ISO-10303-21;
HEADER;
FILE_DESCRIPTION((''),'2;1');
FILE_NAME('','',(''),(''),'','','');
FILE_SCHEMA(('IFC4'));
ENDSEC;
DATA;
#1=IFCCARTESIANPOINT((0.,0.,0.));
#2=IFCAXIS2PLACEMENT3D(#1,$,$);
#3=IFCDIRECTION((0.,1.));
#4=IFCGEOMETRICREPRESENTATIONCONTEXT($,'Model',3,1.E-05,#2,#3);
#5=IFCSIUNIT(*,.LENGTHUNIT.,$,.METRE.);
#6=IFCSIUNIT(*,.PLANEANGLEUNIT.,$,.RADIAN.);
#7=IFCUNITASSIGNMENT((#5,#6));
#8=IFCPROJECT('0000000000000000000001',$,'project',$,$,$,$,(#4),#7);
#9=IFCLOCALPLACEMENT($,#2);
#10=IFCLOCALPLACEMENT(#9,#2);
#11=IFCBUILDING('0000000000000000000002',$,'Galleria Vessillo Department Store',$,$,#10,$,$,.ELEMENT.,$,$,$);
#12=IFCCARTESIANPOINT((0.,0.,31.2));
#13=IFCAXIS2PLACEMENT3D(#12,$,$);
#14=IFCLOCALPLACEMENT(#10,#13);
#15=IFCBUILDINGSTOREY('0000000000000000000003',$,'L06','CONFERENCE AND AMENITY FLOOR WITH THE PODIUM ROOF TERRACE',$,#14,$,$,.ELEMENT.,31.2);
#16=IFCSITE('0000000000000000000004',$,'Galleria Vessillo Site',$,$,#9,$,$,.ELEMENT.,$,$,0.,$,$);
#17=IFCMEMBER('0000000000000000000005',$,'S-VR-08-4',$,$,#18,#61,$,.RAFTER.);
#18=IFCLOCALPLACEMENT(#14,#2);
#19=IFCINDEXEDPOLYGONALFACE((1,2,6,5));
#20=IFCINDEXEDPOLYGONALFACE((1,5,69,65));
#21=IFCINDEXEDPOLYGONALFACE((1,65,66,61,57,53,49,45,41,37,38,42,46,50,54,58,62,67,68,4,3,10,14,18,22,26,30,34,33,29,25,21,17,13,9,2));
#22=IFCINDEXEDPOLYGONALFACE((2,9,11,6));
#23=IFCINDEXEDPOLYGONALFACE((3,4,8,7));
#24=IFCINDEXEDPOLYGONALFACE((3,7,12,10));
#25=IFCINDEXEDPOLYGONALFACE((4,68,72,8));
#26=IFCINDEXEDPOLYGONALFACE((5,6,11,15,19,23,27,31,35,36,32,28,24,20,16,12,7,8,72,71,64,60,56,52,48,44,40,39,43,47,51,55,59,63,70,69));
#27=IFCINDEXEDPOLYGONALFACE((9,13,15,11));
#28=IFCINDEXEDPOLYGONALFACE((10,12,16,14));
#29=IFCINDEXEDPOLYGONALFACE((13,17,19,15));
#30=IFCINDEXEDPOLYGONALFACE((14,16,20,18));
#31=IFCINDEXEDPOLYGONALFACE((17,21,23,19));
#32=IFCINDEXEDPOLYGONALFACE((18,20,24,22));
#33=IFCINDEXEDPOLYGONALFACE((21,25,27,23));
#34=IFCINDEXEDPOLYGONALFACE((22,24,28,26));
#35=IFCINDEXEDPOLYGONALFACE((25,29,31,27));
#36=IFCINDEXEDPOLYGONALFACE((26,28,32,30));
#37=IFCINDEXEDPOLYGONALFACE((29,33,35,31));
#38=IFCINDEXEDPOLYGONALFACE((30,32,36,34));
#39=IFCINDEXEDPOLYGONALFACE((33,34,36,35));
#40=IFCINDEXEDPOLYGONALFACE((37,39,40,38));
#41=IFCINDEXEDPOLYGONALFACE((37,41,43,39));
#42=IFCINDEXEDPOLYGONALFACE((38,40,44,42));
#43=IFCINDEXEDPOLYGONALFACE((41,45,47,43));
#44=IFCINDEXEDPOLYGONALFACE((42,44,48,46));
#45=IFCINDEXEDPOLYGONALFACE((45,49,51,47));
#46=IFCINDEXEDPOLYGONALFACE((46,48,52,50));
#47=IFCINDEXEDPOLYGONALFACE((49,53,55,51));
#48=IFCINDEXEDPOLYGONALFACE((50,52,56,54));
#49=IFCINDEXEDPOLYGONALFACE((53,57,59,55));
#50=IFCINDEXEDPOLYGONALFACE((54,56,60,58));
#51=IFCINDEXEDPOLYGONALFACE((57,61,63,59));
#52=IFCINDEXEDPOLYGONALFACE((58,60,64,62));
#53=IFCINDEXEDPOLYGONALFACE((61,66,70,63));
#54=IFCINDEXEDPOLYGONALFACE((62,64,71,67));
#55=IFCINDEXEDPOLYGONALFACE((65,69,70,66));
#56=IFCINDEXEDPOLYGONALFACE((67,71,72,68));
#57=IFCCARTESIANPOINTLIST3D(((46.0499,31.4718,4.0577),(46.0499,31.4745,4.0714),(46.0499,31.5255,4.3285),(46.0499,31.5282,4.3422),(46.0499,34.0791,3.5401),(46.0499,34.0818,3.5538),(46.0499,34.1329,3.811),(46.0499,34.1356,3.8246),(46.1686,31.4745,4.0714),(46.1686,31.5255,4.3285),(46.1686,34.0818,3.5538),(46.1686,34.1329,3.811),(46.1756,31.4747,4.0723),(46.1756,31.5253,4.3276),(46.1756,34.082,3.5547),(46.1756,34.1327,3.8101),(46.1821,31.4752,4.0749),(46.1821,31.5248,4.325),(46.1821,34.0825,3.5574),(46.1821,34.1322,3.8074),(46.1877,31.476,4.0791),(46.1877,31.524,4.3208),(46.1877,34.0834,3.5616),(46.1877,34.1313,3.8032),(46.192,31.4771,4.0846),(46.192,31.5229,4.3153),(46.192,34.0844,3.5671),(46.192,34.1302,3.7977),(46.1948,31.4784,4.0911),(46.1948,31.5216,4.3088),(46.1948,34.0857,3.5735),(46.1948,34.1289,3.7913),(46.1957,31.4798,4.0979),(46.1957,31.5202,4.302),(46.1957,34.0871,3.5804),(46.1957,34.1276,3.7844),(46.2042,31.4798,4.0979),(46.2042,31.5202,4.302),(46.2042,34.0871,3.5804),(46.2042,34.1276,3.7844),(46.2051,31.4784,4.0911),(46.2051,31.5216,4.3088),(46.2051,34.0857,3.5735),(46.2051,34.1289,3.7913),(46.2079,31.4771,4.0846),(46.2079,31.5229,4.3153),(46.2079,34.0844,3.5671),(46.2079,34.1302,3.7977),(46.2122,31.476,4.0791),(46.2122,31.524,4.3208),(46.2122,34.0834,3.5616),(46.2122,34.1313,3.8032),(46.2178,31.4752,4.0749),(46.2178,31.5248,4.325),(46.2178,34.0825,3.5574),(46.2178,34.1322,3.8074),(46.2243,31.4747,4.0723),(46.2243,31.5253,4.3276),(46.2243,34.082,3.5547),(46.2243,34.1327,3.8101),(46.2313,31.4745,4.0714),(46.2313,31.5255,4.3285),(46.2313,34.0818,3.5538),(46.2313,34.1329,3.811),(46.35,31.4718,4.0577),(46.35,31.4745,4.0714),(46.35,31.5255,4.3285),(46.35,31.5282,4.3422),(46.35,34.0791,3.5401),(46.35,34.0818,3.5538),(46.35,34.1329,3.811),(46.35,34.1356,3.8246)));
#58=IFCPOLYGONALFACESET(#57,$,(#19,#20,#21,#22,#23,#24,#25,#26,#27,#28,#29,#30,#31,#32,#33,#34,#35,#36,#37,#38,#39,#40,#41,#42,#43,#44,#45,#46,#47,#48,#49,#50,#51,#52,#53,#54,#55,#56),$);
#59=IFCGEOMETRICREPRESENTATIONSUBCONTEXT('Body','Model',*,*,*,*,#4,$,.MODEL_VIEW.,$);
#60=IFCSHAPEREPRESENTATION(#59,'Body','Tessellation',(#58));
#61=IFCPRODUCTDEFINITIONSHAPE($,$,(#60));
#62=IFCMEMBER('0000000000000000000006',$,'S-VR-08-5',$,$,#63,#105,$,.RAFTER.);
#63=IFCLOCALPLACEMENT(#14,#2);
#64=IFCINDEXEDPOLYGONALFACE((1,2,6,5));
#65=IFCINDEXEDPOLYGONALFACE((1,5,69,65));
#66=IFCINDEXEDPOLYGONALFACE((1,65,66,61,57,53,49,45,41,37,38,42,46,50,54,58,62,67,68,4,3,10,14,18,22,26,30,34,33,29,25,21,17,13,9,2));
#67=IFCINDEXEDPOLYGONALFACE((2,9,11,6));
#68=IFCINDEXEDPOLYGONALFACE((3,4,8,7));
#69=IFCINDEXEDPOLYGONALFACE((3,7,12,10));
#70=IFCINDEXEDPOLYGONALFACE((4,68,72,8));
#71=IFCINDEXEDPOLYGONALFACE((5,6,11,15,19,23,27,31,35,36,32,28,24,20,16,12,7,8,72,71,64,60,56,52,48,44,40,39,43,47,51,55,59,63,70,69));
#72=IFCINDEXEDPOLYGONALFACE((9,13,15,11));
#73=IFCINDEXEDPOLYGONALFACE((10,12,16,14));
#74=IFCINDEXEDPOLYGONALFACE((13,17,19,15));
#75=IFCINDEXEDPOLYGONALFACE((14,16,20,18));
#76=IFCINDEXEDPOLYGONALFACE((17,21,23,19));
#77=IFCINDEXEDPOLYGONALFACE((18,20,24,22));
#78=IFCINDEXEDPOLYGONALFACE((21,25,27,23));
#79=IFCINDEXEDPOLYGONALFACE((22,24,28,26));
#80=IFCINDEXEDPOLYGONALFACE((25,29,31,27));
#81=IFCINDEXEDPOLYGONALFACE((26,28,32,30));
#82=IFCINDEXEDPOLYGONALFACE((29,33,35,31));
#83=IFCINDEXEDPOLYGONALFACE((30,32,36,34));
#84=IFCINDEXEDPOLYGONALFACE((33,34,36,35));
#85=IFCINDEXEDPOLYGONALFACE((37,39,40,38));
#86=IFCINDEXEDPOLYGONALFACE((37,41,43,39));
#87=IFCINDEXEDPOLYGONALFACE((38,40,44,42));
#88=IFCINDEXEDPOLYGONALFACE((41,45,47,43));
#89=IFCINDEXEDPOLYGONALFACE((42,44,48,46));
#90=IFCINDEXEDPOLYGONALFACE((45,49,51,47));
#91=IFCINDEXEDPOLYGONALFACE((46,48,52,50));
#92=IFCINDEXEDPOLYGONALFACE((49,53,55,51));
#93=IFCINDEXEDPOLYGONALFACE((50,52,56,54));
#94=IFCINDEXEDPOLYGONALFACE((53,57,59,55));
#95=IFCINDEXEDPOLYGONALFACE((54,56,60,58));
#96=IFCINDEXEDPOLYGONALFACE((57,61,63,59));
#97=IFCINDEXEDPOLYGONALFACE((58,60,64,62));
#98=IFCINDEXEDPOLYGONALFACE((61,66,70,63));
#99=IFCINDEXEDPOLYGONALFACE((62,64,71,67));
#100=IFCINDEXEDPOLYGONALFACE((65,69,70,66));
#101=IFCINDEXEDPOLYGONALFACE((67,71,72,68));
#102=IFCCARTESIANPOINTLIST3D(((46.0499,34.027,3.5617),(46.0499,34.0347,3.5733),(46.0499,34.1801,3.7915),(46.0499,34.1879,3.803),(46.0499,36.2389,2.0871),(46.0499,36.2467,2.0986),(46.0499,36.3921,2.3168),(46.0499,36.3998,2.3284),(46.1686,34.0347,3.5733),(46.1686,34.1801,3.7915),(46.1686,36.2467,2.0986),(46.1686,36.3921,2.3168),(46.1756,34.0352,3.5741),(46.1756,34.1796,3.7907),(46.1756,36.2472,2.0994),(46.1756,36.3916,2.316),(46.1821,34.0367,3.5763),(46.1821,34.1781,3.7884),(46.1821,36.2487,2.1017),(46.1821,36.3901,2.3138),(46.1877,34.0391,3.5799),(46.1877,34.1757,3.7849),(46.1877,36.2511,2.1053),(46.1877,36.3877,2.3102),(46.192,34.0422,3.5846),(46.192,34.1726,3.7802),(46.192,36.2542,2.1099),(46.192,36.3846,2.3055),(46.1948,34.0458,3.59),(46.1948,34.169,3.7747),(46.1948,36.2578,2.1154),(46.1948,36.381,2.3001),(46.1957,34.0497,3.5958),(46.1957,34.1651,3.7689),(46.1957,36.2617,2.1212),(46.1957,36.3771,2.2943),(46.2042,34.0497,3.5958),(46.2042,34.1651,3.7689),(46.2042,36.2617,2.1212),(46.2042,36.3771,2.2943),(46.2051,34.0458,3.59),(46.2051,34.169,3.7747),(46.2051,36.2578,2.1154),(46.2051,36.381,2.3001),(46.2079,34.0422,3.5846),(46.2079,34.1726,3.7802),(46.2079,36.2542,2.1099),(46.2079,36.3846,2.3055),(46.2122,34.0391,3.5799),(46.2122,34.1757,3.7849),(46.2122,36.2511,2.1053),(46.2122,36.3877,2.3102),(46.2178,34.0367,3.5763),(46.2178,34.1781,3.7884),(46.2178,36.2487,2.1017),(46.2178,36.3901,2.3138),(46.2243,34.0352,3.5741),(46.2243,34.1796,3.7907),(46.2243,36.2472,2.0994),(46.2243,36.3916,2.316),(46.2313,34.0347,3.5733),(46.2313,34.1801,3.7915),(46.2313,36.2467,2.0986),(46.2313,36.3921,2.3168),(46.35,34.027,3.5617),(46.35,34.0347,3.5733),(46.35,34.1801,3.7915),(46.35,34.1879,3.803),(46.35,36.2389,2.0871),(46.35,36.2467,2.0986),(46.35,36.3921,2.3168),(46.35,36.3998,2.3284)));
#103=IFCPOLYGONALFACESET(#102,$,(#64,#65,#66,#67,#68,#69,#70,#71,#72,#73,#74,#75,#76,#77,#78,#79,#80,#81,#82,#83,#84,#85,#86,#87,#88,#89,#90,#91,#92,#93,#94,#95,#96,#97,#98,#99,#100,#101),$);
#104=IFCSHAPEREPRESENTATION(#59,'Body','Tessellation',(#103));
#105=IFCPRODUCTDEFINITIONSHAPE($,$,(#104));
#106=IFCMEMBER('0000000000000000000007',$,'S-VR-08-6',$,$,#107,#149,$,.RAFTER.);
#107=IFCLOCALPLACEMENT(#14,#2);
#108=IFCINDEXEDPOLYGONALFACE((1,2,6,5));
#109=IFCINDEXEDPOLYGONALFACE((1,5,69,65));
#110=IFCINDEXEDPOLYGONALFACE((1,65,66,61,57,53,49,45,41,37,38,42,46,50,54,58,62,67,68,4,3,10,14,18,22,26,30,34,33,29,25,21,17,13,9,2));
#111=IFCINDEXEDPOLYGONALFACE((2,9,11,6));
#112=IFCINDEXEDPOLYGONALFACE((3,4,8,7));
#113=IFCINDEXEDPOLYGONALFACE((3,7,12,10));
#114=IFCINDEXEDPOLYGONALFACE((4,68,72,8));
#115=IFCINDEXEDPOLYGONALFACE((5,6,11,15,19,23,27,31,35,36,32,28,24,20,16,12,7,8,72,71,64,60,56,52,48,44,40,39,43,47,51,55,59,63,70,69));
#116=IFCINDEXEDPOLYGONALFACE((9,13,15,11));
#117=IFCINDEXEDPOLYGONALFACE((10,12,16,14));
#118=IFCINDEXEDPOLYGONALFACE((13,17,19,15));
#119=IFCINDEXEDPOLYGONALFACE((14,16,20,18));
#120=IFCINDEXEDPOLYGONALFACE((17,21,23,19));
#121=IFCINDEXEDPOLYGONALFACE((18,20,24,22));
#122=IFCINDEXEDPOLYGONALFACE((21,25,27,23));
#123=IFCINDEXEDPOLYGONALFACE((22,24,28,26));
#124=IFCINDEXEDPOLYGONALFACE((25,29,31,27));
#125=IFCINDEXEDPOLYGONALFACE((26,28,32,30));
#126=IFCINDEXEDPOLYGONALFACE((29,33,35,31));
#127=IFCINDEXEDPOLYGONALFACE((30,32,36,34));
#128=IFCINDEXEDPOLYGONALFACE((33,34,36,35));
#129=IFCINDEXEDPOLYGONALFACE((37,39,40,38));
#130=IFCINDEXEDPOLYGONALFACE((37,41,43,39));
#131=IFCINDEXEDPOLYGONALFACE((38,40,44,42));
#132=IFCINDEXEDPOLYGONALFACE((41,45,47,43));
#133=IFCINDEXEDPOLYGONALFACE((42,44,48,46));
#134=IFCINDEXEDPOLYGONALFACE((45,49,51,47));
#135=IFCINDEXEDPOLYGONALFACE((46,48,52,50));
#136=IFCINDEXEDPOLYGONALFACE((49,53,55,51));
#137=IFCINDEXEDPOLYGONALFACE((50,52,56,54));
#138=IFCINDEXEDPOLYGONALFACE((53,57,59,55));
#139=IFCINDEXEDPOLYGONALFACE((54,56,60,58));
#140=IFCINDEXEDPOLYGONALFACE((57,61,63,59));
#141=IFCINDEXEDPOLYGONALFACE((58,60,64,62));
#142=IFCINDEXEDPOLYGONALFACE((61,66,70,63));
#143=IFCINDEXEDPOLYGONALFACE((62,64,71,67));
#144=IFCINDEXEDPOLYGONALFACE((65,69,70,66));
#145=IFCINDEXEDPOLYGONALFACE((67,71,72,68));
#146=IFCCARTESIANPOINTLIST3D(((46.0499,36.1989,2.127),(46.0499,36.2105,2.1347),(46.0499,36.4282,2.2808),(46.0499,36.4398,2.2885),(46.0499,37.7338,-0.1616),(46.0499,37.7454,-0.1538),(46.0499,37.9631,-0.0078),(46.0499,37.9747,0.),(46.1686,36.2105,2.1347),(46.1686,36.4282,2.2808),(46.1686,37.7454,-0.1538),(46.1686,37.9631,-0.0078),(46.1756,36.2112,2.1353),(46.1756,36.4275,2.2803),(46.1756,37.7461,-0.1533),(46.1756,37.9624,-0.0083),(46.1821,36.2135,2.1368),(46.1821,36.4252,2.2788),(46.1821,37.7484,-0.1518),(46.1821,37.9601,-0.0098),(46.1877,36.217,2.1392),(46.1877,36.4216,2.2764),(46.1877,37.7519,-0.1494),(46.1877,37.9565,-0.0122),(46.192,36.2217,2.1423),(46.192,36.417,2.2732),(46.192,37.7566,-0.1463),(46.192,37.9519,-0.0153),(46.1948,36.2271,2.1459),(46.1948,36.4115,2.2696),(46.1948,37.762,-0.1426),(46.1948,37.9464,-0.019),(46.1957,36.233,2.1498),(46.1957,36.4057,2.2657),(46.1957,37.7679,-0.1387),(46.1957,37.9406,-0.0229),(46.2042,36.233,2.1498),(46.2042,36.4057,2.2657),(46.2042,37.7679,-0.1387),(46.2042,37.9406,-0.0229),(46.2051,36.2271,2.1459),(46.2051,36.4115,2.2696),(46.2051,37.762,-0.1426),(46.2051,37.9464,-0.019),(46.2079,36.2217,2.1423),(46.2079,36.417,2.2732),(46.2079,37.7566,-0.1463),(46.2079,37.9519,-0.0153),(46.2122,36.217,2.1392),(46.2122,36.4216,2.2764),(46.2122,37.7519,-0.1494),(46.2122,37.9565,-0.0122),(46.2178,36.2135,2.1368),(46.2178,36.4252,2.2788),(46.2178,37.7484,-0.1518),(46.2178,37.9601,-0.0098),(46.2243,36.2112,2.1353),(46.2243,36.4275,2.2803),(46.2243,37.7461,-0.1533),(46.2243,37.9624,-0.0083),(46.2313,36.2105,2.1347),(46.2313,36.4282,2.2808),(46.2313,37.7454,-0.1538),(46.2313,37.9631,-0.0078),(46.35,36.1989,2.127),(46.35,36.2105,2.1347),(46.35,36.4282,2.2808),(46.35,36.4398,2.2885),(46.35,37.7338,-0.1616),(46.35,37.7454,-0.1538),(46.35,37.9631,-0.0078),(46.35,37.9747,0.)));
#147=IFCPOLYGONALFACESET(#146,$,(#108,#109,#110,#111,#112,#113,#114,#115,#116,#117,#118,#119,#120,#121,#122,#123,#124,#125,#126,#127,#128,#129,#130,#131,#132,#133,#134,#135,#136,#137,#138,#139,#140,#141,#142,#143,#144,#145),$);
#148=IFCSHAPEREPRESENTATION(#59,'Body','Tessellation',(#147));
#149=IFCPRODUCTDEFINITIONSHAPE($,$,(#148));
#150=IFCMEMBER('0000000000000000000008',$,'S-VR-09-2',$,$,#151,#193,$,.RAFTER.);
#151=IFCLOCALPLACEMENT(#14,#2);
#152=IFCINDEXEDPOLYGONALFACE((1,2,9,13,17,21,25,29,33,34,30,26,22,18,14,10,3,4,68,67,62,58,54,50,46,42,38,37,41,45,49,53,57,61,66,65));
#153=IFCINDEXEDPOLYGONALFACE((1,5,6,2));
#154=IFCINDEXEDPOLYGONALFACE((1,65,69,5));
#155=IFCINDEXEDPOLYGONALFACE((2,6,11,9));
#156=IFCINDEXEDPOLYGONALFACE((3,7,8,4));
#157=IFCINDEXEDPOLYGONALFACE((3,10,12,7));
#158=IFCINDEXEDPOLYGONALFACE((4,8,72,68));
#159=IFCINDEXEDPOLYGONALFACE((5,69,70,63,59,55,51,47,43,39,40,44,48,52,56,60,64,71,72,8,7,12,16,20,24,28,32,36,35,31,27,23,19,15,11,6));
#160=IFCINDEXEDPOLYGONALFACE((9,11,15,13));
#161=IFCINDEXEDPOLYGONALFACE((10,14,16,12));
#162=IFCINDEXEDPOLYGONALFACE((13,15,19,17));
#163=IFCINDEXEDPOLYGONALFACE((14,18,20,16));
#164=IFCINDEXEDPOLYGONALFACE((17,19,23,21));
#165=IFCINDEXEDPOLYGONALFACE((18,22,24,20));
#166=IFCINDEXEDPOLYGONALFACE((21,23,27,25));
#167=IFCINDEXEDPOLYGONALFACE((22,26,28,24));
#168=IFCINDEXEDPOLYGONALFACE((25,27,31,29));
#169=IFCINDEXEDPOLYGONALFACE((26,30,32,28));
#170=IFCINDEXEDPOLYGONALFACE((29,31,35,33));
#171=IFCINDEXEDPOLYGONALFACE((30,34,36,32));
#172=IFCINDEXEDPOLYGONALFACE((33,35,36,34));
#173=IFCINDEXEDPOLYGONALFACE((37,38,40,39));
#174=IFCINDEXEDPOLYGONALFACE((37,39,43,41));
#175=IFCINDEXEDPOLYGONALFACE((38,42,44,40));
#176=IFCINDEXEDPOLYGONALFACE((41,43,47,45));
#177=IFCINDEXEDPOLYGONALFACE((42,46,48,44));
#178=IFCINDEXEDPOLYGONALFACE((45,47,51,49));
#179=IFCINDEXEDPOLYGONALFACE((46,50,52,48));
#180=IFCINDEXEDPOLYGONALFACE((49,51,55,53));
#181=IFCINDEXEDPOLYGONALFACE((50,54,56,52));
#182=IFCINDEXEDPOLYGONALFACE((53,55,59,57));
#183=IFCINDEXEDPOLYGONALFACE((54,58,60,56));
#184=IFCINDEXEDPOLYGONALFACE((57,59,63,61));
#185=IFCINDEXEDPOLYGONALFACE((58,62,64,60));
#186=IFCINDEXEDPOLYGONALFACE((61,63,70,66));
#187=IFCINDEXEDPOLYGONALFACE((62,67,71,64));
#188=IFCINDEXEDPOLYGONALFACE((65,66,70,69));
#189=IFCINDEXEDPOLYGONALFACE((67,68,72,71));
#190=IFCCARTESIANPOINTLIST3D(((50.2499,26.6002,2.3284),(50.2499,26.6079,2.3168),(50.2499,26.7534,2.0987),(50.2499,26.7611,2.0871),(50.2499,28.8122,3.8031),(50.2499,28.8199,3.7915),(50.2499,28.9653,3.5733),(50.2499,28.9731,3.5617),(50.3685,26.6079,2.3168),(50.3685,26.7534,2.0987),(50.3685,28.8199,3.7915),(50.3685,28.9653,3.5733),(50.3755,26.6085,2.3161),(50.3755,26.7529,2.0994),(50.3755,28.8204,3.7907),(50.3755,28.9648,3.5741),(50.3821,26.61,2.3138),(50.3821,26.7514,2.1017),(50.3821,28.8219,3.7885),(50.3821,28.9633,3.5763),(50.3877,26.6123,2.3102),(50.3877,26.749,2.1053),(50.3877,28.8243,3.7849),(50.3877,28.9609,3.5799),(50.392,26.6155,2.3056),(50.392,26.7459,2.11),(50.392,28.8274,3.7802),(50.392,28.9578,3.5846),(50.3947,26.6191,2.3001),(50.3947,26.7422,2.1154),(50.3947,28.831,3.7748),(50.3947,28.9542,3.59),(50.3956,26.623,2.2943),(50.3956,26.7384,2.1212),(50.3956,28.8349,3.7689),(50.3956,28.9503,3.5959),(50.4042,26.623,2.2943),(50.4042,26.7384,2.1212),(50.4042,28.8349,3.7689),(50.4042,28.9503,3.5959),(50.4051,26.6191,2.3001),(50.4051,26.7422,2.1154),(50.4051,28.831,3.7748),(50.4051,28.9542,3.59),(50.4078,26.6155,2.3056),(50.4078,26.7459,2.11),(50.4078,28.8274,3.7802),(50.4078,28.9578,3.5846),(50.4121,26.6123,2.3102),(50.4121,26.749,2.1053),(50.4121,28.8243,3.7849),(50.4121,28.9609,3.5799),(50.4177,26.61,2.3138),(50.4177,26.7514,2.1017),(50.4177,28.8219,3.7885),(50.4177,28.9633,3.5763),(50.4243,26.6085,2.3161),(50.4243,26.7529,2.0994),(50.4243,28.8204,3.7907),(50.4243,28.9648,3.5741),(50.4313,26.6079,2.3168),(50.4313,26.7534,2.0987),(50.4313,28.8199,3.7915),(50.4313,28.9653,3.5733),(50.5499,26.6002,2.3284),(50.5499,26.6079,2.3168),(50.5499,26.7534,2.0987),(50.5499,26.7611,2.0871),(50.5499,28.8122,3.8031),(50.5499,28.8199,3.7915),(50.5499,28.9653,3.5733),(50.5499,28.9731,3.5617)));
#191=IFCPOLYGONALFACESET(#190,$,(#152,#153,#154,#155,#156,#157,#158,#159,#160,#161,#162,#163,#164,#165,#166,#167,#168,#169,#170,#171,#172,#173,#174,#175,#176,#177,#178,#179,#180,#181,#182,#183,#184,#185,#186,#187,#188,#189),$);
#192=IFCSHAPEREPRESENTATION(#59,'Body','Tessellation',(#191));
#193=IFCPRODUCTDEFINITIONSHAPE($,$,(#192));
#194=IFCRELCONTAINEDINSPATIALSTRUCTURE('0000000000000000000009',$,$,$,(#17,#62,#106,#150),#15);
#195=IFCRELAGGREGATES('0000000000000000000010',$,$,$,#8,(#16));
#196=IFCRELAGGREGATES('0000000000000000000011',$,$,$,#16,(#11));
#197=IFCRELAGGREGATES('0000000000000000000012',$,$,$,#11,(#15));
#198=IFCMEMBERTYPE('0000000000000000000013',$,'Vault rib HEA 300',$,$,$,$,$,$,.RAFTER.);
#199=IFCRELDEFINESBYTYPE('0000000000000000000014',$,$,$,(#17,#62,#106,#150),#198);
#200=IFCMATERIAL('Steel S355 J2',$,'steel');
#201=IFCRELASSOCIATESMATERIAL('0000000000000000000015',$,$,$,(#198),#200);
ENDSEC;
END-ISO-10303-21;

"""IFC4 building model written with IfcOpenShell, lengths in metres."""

from ifc_helpers import new_model, si_unit, direction, frame, origin, origin_2d, place, context, subcontext, project, spatial, i_section, extrude, material, material_profile, profile_set, type_object, element, save


model = new_model("IFC4")

# Units and contexts
model_context = context("Model", 3, precision=1e-05, world=origin(), true_north=direction((0.0, 1.0)))
body_context = subcontext(model_context, "Body", "Model", "MODEL_VIEW")
ifc_project = project(units=[si_unit("LENGTHUNIT", "METRE"), si_unit("PLANEANGLEUNIT", "RADIAN")], contexts=[model_context])

# Site, building, storey
site_placement = place(None, origin())
site = spatial("IfcSite", under=ifc_project, at=site_placement, Name="Galleria Vessillo Site", CompositionType="ELEMENT", RefElevation=0.0)
building_placement = place(site_placement, origin())
building = spatial("IfcBuilding", under=site, at=building_placement, Name="Galleria Vessillo Department Store", CompositionType="ELEMENT")
storey_placement = place(building_placement, frame((0.0, 0.0, 31.2)))
storey = spatial("IfcBuildingStorey", under=building, at=storey_placement, Name="L06", Description="CONFERENCE AND AMENITY FLOOR WITH THE PODIUM ROOF TERRACE", CompositionType="ELEMENT", Elevation=31.2)

# Members
ifc_material_1 = material(Name="Steel S355 J2", Category="steel")
ifc_material_profile_1 = material_profile(ifc_material_1, i_section(OverallWidth=0.3, OverallDepth=0.29, WebThickness=0.0085, FlangeThickness=0.0139, FilletRadius=0.0271, at=origin_2d()), Name="HEA 300")
ifc_profile_set_1 = profile_set([ifc_material_profile_1], Name="Steel S355 J2")
member_type_1 = type_object("IfcMemberType", Name="Vault rib HEA 300", PredefinedType="RAFTER", material=ifc_profile_set_1)
for number, where, z_axis, x_axis, name in (
    (1, (46.2, 31.5, 4.2), (0.0, 0.980862, -0.194703), (-1.0, 0.0, 0.0), "S-VR-08-4"),
):
    element("IfcMember", number, at=place(storey_placement, frame(where, z_axis=z_axis, x_axis=x_axis)), inside=storey, type_object=member_type_1, Name=name, PredefinedType="RAFTER", context=body_context, shape_type="SweptSolid", body=[
        extrude(i_section(OverallWidth=0.3, OverallDepth=0.29, WebThickness=0.0085, FlangeThickness=0.0139, FilletRadius=0.0271, at=origin_2d()), origin(), (0.0, 0.0, 1.0), 2.6582),
    ])
member_1_placement = place(storey_placement, frame((46.2, 34.1074, 3.6824), z_axis=(0.0, 0.83205, -0.5547), x_axis=(-1.0, 0.0, 0.0)))
element("IfcMember", 2, at=member_1_placement, inside=storey, type_object=member_type_1, Name="S-VR-08-5", PredefinedType="RAFTER", context=body_context, shape_type="SweptSolid", body=[
    extrude(i_section(OverallWidth=0.3, OverallDepth=0.29, WebThickness=0.0085, FlangeThickness=0.0139, FilletRadius=0.0271, at=origin_2d()), origin(), (0.0, 0.0, 1.0), 2.6584),
])
member_2_placement = place(storey_placement, frame((46.2, 36.3193, 2.2078), z_axis=(0.0, 0.557008, -0.830507), x_axis=(-1.0, 0.0, 0.0)))
element("IfcMember", 3, at=member_2_placement, inside=storey, type_object=member_type_1, Name="S-VR-08-6", PredefinedType="RAFTER", context=body_context, shape_type="SweptSolid", body=[
    extrude(i_section(OverallWidth=0.3, OverallDepth=0.29, WebThickness=0.0085, FlangeThickness=0.0139, FilletRadius=0.0271, at=origin_2d()), origin(), (0.0, 0.0, 1.0), 2.7556),
])
member_3_placement = place(storey_placement, frame((50.3999, 26.6807, 2.2078), z_axis=(0.0, 0.83205, 0.5547), x_axis=(-1.0, 0.0, 0.0)))
element("IfcMember", 4, at=member_3_placement, inside=storey, type_object=member_type_1, Name="S-VR-09-2", PredefinedType="RAFTER", context=body_context, shape_type="SweptSolid", body=[
    extrude(i_section(OverallWidth=0.3, OverallDepth=0.29, WebThickness=0.0085, FlangeThickness=0.0139, FilletRadius=0.0271, at=origin_2d()), origin(), (0.0, 0.0, 1.0), 2.6584),
])

save(model, "model.ifc")
